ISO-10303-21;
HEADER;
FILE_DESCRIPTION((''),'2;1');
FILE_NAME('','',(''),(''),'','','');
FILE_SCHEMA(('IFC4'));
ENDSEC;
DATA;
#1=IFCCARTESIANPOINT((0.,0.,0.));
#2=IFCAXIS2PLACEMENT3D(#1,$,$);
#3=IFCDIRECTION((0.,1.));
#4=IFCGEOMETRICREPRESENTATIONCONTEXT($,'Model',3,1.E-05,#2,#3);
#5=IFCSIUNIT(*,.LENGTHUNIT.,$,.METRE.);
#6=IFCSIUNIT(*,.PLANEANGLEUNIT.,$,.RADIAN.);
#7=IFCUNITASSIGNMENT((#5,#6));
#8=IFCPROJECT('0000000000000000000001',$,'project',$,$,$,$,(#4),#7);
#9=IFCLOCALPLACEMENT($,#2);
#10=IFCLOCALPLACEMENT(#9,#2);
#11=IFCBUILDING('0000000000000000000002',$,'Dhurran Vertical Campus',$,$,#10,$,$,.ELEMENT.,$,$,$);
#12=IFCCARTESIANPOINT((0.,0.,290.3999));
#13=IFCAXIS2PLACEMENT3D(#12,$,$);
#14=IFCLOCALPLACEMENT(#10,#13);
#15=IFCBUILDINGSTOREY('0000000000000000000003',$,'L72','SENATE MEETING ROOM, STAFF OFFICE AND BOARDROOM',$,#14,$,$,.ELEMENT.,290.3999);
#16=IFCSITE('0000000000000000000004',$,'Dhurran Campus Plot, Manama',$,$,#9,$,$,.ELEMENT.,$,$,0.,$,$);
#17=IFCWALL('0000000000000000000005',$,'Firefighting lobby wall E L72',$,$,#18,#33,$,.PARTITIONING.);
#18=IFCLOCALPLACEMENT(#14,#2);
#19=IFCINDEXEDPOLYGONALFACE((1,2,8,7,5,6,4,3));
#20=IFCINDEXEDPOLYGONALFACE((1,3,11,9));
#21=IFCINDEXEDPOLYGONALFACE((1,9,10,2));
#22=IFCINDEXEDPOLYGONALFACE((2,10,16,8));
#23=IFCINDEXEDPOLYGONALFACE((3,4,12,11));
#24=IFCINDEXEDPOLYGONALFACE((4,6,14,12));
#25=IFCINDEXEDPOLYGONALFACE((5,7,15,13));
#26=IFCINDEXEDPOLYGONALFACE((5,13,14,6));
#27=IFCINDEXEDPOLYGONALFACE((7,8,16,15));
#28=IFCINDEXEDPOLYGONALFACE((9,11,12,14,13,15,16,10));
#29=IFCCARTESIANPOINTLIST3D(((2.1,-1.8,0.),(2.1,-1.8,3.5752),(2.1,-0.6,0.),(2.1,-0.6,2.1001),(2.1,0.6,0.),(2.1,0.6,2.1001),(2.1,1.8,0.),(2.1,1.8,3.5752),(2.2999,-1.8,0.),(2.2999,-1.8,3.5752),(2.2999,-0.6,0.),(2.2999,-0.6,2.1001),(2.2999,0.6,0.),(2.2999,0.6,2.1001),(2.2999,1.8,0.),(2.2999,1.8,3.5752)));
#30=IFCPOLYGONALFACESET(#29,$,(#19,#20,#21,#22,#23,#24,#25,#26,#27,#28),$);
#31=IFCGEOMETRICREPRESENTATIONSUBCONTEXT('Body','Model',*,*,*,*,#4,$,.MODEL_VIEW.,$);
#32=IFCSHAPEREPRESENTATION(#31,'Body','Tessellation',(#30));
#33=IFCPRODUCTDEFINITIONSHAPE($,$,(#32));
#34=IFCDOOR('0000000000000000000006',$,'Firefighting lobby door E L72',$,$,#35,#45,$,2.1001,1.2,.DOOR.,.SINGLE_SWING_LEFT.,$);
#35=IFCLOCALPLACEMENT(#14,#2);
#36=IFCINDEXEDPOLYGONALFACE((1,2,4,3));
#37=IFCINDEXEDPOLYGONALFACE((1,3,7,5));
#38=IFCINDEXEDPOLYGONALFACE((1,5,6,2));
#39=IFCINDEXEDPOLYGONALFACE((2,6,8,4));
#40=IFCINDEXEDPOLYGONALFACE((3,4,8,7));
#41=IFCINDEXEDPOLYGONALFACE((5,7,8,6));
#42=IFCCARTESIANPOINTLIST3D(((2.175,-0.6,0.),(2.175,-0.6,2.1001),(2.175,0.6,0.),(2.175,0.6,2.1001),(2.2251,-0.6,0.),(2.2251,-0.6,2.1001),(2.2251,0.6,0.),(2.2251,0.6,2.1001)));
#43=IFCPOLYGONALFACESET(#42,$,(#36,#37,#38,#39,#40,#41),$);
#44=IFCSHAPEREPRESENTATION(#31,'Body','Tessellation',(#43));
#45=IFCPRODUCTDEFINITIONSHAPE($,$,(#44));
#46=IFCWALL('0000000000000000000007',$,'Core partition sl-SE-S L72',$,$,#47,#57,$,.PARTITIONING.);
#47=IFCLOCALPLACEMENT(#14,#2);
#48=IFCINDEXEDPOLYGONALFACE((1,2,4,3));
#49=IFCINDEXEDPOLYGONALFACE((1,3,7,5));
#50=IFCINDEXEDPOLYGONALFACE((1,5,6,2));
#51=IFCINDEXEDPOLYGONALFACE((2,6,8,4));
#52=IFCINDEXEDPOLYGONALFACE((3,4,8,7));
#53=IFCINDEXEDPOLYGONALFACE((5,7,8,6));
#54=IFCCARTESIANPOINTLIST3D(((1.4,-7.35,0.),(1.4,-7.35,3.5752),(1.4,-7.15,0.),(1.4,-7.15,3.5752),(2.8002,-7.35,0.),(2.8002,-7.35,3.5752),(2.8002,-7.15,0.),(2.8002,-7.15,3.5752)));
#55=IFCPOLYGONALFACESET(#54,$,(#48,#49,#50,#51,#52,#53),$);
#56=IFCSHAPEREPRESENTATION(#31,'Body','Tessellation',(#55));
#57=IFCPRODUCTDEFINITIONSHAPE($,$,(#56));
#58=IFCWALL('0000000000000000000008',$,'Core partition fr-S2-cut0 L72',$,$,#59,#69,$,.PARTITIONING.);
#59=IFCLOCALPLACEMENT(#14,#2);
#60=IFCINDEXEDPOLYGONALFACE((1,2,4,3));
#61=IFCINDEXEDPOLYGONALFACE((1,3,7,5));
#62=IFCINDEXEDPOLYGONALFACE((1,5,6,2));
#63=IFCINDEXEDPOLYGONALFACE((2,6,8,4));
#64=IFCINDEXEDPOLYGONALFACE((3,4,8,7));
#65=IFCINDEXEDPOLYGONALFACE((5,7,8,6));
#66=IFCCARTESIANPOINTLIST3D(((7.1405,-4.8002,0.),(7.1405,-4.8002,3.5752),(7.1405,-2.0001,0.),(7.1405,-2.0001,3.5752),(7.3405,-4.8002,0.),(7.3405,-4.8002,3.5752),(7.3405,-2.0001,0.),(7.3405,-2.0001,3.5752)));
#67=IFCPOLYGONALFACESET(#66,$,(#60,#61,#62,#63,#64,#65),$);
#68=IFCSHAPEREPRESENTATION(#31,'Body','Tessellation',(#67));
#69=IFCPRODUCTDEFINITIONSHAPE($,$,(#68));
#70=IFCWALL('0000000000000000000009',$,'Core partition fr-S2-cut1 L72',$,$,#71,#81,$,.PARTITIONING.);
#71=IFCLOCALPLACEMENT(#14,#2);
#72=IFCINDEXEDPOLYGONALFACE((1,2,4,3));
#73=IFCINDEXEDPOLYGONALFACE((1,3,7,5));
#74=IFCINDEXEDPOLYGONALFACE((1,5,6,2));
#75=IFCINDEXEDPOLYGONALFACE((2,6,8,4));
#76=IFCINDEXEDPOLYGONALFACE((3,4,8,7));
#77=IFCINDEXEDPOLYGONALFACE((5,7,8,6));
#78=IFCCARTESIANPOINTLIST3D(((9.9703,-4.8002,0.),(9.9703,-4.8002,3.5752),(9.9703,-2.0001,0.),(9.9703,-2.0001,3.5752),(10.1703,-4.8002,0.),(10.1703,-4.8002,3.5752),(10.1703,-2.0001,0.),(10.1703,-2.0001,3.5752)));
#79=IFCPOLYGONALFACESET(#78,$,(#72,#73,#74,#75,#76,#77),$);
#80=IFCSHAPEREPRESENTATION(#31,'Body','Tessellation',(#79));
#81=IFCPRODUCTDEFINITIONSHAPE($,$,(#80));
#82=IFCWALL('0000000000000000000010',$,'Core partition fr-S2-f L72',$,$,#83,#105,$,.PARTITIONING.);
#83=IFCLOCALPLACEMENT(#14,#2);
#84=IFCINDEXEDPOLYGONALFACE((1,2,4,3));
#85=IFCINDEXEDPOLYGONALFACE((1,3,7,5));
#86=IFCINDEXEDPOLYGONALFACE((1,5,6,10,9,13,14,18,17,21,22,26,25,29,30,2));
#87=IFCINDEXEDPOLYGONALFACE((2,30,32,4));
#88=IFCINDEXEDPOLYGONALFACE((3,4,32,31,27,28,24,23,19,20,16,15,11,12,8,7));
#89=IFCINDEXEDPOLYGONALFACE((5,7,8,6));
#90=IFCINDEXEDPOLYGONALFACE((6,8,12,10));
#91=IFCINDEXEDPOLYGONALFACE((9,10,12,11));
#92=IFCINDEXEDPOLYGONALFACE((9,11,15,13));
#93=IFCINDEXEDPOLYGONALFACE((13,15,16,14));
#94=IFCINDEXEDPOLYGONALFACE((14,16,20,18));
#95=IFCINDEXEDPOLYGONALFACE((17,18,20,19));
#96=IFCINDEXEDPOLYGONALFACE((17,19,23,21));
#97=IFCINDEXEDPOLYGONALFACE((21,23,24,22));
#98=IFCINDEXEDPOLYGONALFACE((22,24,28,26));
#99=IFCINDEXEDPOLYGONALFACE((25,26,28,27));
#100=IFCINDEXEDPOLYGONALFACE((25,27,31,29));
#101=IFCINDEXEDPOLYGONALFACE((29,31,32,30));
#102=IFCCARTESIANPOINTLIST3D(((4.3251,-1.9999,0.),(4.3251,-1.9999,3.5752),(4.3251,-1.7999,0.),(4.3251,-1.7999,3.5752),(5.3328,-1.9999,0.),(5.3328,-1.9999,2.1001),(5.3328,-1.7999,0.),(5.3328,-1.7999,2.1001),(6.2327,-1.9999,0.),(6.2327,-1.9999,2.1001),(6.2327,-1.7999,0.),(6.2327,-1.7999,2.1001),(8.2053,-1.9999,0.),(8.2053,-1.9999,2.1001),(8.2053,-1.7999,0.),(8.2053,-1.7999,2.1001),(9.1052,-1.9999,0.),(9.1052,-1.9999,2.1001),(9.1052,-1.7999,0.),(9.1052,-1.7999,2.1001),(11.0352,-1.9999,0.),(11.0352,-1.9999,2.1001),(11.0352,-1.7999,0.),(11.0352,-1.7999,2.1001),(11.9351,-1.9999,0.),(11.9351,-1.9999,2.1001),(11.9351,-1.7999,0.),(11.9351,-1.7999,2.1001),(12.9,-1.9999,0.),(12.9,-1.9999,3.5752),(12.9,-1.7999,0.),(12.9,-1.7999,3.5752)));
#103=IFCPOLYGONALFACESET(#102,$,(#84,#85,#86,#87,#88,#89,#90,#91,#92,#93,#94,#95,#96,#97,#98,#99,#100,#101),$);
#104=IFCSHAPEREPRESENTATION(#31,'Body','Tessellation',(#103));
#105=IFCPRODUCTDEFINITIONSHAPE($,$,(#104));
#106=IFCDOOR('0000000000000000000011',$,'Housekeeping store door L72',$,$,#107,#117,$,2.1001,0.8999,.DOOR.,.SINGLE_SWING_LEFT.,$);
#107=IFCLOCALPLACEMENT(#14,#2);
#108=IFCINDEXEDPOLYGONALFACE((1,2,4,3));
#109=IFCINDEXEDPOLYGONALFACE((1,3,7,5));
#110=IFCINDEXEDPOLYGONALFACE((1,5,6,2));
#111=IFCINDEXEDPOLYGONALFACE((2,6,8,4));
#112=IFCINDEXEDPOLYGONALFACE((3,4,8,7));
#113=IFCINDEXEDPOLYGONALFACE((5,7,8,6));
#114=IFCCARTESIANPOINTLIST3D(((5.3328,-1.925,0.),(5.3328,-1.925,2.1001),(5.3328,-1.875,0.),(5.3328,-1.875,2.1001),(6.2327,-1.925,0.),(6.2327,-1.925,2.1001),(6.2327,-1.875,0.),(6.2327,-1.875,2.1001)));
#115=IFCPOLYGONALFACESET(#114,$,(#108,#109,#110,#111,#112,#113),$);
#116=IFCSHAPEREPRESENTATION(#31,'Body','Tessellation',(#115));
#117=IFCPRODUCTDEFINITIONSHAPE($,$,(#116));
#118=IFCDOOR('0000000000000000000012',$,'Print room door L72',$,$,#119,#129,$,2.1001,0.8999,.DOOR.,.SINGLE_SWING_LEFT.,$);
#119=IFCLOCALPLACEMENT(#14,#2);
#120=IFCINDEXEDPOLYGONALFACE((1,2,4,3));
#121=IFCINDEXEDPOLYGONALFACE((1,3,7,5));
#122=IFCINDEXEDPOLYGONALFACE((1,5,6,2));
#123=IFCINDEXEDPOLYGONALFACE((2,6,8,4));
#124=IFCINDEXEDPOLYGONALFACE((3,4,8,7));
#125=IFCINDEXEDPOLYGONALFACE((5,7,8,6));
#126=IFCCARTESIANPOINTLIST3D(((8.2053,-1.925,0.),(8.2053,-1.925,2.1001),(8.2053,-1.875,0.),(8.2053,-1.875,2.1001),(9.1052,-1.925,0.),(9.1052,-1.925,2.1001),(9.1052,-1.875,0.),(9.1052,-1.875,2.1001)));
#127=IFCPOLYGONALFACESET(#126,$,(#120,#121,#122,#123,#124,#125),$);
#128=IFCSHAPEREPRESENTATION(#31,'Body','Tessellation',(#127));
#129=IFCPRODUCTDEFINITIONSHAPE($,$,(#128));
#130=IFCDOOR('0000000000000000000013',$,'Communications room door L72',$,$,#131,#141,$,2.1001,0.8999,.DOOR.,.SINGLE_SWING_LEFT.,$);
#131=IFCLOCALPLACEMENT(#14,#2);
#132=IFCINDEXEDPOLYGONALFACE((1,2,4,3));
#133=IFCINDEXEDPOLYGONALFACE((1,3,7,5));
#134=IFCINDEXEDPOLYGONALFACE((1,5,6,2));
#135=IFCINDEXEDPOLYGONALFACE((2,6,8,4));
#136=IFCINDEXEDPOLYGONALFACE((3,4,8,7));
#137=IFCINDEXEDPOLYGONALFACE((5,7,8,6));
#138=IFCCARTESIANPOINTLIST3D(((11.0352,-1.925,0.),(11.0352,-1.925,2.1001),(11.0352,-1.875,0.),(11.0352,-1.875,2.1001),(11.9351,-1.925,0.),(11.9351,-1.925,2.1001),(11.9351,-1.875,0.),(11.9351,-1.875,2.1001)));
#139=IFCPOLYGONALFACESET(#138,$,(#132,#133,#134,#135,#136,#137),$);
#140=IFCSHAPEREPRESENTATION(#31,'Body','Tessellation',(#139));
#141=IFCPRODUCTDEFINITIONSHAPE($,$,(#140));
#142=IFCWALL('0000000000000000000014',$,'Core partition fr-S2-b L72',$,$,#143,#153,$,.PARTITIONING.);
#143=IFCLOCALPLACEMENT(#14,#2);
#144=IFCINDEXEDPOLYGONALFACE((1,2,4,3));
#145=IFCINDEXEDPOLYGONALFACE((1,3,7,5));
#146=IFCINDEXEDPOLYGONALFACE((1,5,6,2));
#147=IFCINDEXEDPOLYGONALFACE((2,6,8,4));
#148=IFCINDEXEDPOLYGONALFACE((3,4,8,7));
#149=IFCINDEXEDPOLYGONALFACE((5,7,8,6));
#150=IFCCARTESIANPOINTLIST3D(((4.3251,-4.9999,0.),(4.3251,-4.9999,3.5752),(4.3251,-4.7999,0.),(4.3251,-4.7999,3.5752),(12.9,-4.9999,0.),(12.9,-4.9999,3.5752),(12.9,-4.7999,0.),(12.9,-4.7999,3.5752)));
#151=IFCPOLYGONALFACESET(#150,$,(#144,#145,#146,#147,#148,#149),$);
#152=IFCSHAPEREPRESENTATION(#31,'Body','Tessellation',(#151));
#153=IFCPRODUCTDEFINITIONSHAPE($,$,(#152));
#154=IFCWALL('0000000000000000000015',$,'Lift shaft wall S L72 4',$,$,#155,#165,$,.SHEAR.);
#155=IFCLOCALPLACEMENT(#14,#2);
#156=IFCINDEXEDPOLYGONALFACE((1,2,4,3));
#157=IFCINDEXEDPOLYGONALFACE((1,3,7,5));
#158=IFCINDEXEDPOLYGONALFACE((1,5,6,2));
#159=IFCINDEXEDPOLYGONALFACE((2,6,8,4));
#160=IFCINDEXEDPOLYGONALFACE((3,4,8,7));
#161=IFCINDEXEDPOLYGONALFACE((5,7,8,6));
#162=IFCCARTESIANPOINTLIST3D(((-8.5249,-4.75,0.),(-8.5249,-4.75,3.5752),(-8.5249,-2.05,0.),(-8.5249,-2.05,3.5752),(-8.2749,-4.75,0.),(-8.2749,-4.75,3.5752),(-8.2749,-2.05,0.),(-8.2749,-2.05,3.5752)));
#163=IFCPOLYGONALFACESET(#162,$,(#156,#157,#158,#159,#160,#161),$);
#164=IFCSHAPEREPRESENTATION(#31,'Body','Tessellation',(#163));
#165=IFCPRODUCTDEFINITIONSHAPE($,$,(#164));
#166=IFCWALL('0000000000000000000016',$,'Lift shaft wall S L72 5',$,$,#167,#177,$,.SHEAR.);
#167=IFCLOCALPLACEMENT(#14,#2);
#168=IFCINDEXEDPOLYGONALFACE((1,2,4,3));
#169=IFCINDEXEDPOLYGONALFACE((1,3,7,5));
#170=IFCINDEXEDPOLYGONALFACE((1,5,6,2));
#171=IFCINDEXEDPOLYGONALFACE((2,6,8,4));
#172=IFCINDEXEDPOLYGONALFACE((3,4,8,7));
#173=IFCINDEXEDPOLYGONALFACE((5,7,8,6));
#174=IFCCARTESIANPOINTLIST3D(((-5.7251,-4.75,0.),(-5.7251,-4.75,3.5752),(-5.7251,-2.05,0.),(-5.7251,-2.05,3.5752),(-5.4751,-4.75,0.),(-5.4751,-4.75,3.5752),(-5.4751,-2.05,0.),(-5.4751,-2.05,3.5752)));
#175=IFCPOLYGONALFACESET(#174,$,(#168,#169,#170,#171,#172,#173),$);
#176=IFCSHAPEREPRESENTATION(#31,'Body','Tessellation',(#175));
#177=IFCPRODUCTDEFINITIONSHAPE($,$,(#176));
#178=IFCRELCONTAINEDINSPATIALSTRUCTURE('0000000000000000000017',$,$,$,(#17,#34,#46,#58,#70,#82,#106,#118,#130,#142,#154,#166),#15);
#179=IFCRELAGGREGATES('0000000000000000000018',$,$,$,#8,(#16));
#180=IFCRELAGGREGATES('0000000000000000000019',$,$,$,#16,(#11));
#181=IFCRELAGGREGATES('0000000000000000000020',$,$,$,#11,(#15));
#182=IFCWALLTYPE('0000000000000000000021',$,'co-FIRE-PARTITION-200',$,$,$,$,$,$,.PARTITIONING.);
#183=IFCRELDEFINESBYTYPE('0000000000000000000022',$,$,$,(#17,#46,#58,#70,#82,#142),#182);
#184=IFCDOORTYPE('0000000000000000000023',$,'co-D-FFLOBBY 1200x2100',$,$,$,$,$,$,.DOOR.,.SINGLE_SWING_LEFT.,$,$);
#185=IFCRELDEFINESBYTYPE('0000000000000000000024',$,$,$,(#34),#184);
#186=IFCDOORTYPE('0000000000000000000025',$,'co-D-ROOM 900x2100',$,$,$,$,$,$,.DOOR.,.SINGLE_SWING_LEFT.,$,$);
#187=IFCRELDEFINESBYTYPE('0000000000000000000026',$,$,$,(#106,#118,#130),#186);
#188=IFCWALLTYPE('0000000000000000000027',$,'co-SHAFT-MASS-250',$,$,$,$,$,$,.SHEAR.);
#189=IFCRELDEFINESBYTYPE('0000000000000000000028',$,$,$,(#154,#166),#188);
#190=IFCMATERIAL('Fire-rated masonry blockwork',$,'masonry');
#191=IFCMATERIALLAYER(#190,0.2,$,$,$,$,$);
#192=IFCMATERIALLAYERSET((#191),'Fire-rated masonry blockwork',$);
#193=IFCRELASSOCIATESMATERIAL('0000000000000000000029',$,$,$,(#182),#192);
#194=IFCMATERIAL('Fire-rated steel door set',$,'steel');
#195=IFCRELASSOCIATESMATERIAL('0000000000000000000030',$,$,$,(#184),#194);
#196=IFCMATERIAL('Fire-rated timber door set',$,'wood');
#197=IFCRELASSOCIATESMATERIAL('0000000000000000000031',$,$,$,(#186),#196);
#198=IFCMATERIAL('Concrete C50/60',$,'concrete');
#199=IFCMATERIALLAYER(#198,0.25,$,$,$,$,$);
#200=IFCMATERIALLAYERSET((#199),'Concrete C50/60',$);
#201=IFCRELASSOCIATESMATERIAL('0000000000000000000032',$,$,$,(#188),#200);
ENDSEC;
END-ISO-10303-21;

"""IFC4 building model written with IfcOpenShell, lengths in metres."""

from ifc_helpers import new_model, si_unit, direction, frame, frame_2d, origin, place, context, subcontext, project, spatial, polyline, rectangle, outline, extrude, material, layer, layer_set, type_object, element, fill, save


model = new_model("IFC4")

# Units and contexts
model_context = context("Model", 3, precision=1e-05, world=origin(), true_north=direction((0.0, 1.0)))
body_context = subcontext(model_context, "Body", "Model", "MODEL_VIEW")
ifc_project = project(units=[si_unit("LENGTHUNIT", "METRE"), si_unit("PLANEANGLEUNIT", "RADIAN")], contexts=[model_context])

# Site, building, storey
site_placement = place(None, origin())
site = spatial("IfcSite", under=ifc_project, at=site_placement, Name="Dhurran Campus Plot, Manama", CompositionType="ELEMENT", RefElevation=0.0)
building_placement = place(site_placement, origin())
building = spatial("IfcBuilding", under=site, at=building_placement, Name="Dhurran Vertical Campus", CompositionType="ELEMENT")
storey_placement = place(building_placement, frame((0.0, 0.0, 290.3999)))
storey = spatial("IfcBuildingStorey", under=building, at=storey_placement, Name="L72", Description="SENATE MEETING ROOM, STAFF OFFICE AND BOARDROOM", CompositionType="ELEMENT", Elevation=290.3999)

# Wall, opening, door
ifc_material_1 = material(Name="Fire-rated masonry blockwork", Category="masonry")
ifc_layer_1 = layer(ifc_material_1, 0.2)
ifc_layer_set_1 = layer_set([ifc_layer_1], Name="Fire-rated masonry blockwork")
wall_type_1 = type_object("IfcWallType", Name="co-FIRE-PARTITION-200", PredefinedType="PARTITIONING", material=ifc_layer_set_1)
wall_1_placement = place(storey_placement, frame((2.2, -1.8, 0.0), z_axis=(0.0, 0.0, 1.0), x_axis=(0.0, 1.0, 0.0)))
wall_1 = element("IfcWall", 1, at=wall_1_placement, inside=storey, type_object=wall_type_1, Name="Firefighting lobby wall E L72", PredefinedType="PARTITIONING", context=body_context, shape_type="SweptSolid", body=[
    extrude(rectangle(XDim=3.6001, YDim=0.2, at=frame_2d((1.8, 0.0))), origin(), (0.0, 0.0, 1.0), 3.5752),
])
opening_1_placement = place(wall_1_placement, frame((1.2, 0.0, 0.0)))
opening_1 = element("IfcOpeningElement", 2, at=opening_1_placement, cuts=wall_1, PredefinedType="OPENING", context=body_context, shape_type="SweptSolid", body=[
    extrude(rectangle(XDim=1.2, YDim=2.1001, at=frame_2d((0.6001, 1.05))), frame((0.0, 0.1099, 0.0), z_axis=(0.0, -1.0, 0.0), x_axis=(1.0, 0.0, 0.0)), (0.0, 0.0, 1.0), 0.22),
])
ifc_material_2 = material(Name="Fire-rated steel door set", Category="steel")
door_type_1 = type_object("IfcDoorType", Name="co-D-FFLOBBY 1200x2100", OperationType="SINGLE_SWING_LEFT", PredefinedType="DOOR", material=ifc_material_2)
door_1_placement = place(opening_1_placement, origin())
door_1 = element("IfcDoor", 3, at=door_1_placement, inside=storey, type_object=door_type_1, Name="Firefighting lobby door E L72", OperationType="SINGLE_SWING_LEFT", OverallHeight=2.1001, OverallWidth=1.2, PredefinedType="DOOR", context=body_context, shape_type="SweptSolid", body=[
    extrude(rectangle(XDim=1.2, YDim=2.1001, at=frame_2d((0.6001, 1.05))), frame((0.0, 0.0249, 0.0), z_axis=(0.0, -1.0, 0.0), x_axis=(1.0, 0.0, 0.0)), (0.0, 0.0, 1.0), 0.05),
])
fill(opening_1, door_1)

# Walls
wall_2_placement = place(storey_placement, frame((1.3999, -7.25, 0.0), z_axis=(0.0, 0.0, 1.0), x_axis=(1.0, 0.0, 0.0)))
element("IfcWall", 4, at=wall_2_placement, inside=storey, type_object=wall_type_1, Name="Core partition sl-SE-S L72", PredefinedType="PARTITIONING", context=body_context, shape_type="SweptSolid", body=[
    extrude(rectangle(XDim=1.4001, YDim=0.2, at=frame_2d((0.7002, 0.0))), origin(), (0.0, 0.0, 1.0), 3.5752),
])
for number, where, z_axis, x_axis, name in (
    (5, (7.2405, -4.8, 0.0), (0.0, 0.0, 1.0), (0.0, 1.0, 0.0), "Core partition fr-S2-cut0 L72"),
    (6, (10.0703, -4.8, 0.0), (0.0, 0.0, 1.0), (0.0, 1.0, 0.0), "Core partition fr-S2-cut1 L72"),
):
    element("IfcWall", number, at=place(storey_placement, frame(where, z_axis=z_axis, x_axis=x_axis)), inside=storey, type_object=wall_type_1, Name=name, PredefinedType="PARTITIONING", context=body_context, shape_type="SweptSolid", body=[
        extrude(rectangle(XDim=2.8, YDim=0.2, at=frame_2d((1.3999, 0.0))), origin(), (0.0, 0.0, 1.0), 3.5752),
    ])

# Wall, openings, doors
wall_3_placement = place(storey_placement, frame((4.325, -1.8999, 0.0), z_axis=(0.0, 0.0, 1.0), x_axis=(1.0, 0.0, 0.0)))
wall_3 = element("IfcWall", 7, at=wall_3_placement, inside=storey, type_object=wall_type_1, Name="Core partition fr-S2-f L72", PredefinedType="PARTITIONING", context=body_context, shape_type="SweptSolid", body=[
    extrude(rectangle(XDim=8.575, YDim=0.2, at=frame_2d((4.2876, 0.0))), origin(), (0.0, 0.0, 1.0), 3.5752),
])
opening_2_placement = place(wall_3_placement, frame((1.0078, 0.0, 0.0)))
opening_2 = element("IfcOpeningElement", 8, at=opening_2_placement, cuts=wall_3, PredefinedType="OPENING", context=body_context, shape_type="SweptSolid", body=[
    extrude(rectangle(XDim=0.8999, YDim=2.1001, at=frame_2d((0.45, 1.05))), frame((0.0, 0.1099, 0.0), z_axis=(0.0, -1.0, 0.0), x_axis=(1.0, 0.0, 0.0)), (0.0, 0.0, 1.0), 0.22),
])
opening_3_placement = place(wall_3_placement, frame((3.8804, 0.0, 0.0)))
opening_3 = element("IfcOpeningElement", 9, at=opening_3_placement, cuts=wall_3, PredefinedType="OPENING", context=body_context, shape_type="SweptSolid", body=[
    extrude(rectangle(XDim=0.8999, YDim=2.1001, at=frame_2d((0.45, 1.05))), frame((0.0, 0.1099, 0.0), z_axis=(0.0, -1.0, 0.0), x_axis=(1.0, 0.0, 0.0)), (0.0, 0.0, 1.0), 0.22),
])
opening_4_placement = place(wall_3_placement, frame((6.7102, 0.0, 0.0)))
opening_4 = element("IfcOpeningElement", 10, at=opening_4_placement, cuts=wall_3, PredefinedType="OPENING", context=body_context, shape_type="SweptSolid", body=[
    extrude(rectangle(XDim=0.8999, YDim=2.1001, at=frame_2d((0.45, 1.05))), frame((0.0, 0.1099, 0.0), z_axis=(0.0, -1.0, 0.0), x_axis=(1.0, 0.0, 0.0)), (0.0, 0.0, 1.0), 0.22),
])
ifc_material_3 = material(Name="Fire-rated timber door set", Category="wood")
door_type_2 = type_object("IfcDoorType", Name="co-D-ROOM 900x2100", OperationType="SINGLE_SWING_LEFT", PredefinedType="DOOR", material=ifc_material_3)
door_2_placement = place(opening_2_placement, origin())
door_2 = element("IfcDoor", 11, at=door_2_placement, inside=storey, type_object=door_type_2, Name="Housekeeping store door L72", OperationType="SINGLE_SWING_LEFT", OverallHeight=2.1001, OverallWidth=0.8999, PredefinedType="DOOR", context=body_context, shape_type="SweptSolid", body=[
    extrude(rectangle(XDim=0.8999, YDim=2.1001, at=frame_2d((0.45, 1.05))), frame((0.0, 0.0249, 0.0), z_axis=(0.0, -1.0, 0.0), x_axis=(1.0, 0.0, 0.0)), (0.0, 0.0, 1.0), 0.05),
])
fill(opening_2, door_2)
door_3_placement = place(opening_3_placement, origin())
door_3 = element("IfcDoor", 12, at=door_3_placement, inside=storey, type_object=door_type_2, Name="Print room door L72", OperationType="SINGLE_SWING_LEFT", OverallHeight=2.1001, OverallWidth=0.8999, PredefinedType="DOOR", context=body_context, shape_type="SweptSolid", body=[
    extrude(rectangle(XDim=0.8999, YDim=2.1001, at=frame_2d((0.45, 1.05))), frame((0.0, 0.0249, 0.0), z_axis=(0.0, -1.0, 0.0), x_axis=(1.0, 0.0, 0.0)), (0.0, 0.0, 1.0), 0.05),
])
fill(opening_3, door_3)
door_4_placement = place(opening_4_placement, origin())
door_4 = element("IfcDoor", 13, at=door_4_placement, inside=storey, type_object=door_type_2, Name="Communications room door L72", OperationType="SINGLE_SWING_LEFT", OverallHeight=2.1001, OverallWidth=0.8999, PredefinedType="DOOR", context=body_context, shape_type="SweptSolid", body=[
    extrude(rectangle(XDim=0.8999, YDim=2.1001, at=frame_2d((0.45, 1.05))), frame((0.0, 0.0249, 0.0), z_axis=(0.0, -1.0, 0.0), x_axis=(1.0, 0.0, 0.0)), (0.0, 0.0, 1.0), 0.05),
])
fill(opening_4, door_4)

# Walls
wall_4_placement = place(storey_placement, frame((4.325, -4.8999, 0.0), z_axis=(0.0, 0.0, 1.0), x_axis=(1.0, 0.0, 0.0)))
element("IfcWall", 14, at=wall_4_placement, inside=storey, type_object=wall_type_1, Name="Core partition fr-S2-b L72", PredefinedType="PARTITIONING", context=body_context, shape_type="SweptSolid", body=[
    extrude(rectangle(XDim=8.575, YDim=0.2, at=frame_2d((4.2876, 0.0))), origin(), (0.0, 0.0, 1.0), 3.5752),
])
ifc_material_4 = material(Name="Concrete C50/60", Category="concrete")
ifc_layer_2 = layer(ifc_material_4, 0.25)
ifc_layer_set_2 = layer_set([ifc_layer_2], Name="Concrete C50/60")
wall_type_2 = type_object("IfcWallType", Name="co-SHAFT-MASS-250", PredefinedType="SHEAR", material=ifc_layer_set_2)
wall_5_placement = place(storey_placement, origin())
element("IfcWall", 15, at=wall_5_placement, inside=storey, type_object=wall_type_2, Name="Lift shaft wall S L72 4", PredefinedType="SHEAR", context=body_context, shape_type="SweptSolid", body=[
    extrude(outline(polyline([(-8.5249, -4.75), (-8.2749, -4.75), (-8.2749, -2.05), (-8.5249, -2.05), (-8.5249, -4.75)])), origin(), (0.0, 0.0, 1.0), 3.5752),
])
wall_6_placement = place(storey_placement, origin())
element("IfcWall", 16, at=wall_6_placement, inside=storey, type_object=wall_type_2, Name="Lift shaft wall S L72 5", PredefinedType="SHEAR", context=body_context, shape_type="SweptSolid", body=[
    extrude(outline(polyline([(-5.7251, -4.75), (-5.4751, -4.75), (-5.4751, -2.05), (-5.7251, -2.05), (-5.7251, -4.75)])), origin(), (0.0, 0.0, 1.0), 3.5752),
])

save(model, "model.ifc")
